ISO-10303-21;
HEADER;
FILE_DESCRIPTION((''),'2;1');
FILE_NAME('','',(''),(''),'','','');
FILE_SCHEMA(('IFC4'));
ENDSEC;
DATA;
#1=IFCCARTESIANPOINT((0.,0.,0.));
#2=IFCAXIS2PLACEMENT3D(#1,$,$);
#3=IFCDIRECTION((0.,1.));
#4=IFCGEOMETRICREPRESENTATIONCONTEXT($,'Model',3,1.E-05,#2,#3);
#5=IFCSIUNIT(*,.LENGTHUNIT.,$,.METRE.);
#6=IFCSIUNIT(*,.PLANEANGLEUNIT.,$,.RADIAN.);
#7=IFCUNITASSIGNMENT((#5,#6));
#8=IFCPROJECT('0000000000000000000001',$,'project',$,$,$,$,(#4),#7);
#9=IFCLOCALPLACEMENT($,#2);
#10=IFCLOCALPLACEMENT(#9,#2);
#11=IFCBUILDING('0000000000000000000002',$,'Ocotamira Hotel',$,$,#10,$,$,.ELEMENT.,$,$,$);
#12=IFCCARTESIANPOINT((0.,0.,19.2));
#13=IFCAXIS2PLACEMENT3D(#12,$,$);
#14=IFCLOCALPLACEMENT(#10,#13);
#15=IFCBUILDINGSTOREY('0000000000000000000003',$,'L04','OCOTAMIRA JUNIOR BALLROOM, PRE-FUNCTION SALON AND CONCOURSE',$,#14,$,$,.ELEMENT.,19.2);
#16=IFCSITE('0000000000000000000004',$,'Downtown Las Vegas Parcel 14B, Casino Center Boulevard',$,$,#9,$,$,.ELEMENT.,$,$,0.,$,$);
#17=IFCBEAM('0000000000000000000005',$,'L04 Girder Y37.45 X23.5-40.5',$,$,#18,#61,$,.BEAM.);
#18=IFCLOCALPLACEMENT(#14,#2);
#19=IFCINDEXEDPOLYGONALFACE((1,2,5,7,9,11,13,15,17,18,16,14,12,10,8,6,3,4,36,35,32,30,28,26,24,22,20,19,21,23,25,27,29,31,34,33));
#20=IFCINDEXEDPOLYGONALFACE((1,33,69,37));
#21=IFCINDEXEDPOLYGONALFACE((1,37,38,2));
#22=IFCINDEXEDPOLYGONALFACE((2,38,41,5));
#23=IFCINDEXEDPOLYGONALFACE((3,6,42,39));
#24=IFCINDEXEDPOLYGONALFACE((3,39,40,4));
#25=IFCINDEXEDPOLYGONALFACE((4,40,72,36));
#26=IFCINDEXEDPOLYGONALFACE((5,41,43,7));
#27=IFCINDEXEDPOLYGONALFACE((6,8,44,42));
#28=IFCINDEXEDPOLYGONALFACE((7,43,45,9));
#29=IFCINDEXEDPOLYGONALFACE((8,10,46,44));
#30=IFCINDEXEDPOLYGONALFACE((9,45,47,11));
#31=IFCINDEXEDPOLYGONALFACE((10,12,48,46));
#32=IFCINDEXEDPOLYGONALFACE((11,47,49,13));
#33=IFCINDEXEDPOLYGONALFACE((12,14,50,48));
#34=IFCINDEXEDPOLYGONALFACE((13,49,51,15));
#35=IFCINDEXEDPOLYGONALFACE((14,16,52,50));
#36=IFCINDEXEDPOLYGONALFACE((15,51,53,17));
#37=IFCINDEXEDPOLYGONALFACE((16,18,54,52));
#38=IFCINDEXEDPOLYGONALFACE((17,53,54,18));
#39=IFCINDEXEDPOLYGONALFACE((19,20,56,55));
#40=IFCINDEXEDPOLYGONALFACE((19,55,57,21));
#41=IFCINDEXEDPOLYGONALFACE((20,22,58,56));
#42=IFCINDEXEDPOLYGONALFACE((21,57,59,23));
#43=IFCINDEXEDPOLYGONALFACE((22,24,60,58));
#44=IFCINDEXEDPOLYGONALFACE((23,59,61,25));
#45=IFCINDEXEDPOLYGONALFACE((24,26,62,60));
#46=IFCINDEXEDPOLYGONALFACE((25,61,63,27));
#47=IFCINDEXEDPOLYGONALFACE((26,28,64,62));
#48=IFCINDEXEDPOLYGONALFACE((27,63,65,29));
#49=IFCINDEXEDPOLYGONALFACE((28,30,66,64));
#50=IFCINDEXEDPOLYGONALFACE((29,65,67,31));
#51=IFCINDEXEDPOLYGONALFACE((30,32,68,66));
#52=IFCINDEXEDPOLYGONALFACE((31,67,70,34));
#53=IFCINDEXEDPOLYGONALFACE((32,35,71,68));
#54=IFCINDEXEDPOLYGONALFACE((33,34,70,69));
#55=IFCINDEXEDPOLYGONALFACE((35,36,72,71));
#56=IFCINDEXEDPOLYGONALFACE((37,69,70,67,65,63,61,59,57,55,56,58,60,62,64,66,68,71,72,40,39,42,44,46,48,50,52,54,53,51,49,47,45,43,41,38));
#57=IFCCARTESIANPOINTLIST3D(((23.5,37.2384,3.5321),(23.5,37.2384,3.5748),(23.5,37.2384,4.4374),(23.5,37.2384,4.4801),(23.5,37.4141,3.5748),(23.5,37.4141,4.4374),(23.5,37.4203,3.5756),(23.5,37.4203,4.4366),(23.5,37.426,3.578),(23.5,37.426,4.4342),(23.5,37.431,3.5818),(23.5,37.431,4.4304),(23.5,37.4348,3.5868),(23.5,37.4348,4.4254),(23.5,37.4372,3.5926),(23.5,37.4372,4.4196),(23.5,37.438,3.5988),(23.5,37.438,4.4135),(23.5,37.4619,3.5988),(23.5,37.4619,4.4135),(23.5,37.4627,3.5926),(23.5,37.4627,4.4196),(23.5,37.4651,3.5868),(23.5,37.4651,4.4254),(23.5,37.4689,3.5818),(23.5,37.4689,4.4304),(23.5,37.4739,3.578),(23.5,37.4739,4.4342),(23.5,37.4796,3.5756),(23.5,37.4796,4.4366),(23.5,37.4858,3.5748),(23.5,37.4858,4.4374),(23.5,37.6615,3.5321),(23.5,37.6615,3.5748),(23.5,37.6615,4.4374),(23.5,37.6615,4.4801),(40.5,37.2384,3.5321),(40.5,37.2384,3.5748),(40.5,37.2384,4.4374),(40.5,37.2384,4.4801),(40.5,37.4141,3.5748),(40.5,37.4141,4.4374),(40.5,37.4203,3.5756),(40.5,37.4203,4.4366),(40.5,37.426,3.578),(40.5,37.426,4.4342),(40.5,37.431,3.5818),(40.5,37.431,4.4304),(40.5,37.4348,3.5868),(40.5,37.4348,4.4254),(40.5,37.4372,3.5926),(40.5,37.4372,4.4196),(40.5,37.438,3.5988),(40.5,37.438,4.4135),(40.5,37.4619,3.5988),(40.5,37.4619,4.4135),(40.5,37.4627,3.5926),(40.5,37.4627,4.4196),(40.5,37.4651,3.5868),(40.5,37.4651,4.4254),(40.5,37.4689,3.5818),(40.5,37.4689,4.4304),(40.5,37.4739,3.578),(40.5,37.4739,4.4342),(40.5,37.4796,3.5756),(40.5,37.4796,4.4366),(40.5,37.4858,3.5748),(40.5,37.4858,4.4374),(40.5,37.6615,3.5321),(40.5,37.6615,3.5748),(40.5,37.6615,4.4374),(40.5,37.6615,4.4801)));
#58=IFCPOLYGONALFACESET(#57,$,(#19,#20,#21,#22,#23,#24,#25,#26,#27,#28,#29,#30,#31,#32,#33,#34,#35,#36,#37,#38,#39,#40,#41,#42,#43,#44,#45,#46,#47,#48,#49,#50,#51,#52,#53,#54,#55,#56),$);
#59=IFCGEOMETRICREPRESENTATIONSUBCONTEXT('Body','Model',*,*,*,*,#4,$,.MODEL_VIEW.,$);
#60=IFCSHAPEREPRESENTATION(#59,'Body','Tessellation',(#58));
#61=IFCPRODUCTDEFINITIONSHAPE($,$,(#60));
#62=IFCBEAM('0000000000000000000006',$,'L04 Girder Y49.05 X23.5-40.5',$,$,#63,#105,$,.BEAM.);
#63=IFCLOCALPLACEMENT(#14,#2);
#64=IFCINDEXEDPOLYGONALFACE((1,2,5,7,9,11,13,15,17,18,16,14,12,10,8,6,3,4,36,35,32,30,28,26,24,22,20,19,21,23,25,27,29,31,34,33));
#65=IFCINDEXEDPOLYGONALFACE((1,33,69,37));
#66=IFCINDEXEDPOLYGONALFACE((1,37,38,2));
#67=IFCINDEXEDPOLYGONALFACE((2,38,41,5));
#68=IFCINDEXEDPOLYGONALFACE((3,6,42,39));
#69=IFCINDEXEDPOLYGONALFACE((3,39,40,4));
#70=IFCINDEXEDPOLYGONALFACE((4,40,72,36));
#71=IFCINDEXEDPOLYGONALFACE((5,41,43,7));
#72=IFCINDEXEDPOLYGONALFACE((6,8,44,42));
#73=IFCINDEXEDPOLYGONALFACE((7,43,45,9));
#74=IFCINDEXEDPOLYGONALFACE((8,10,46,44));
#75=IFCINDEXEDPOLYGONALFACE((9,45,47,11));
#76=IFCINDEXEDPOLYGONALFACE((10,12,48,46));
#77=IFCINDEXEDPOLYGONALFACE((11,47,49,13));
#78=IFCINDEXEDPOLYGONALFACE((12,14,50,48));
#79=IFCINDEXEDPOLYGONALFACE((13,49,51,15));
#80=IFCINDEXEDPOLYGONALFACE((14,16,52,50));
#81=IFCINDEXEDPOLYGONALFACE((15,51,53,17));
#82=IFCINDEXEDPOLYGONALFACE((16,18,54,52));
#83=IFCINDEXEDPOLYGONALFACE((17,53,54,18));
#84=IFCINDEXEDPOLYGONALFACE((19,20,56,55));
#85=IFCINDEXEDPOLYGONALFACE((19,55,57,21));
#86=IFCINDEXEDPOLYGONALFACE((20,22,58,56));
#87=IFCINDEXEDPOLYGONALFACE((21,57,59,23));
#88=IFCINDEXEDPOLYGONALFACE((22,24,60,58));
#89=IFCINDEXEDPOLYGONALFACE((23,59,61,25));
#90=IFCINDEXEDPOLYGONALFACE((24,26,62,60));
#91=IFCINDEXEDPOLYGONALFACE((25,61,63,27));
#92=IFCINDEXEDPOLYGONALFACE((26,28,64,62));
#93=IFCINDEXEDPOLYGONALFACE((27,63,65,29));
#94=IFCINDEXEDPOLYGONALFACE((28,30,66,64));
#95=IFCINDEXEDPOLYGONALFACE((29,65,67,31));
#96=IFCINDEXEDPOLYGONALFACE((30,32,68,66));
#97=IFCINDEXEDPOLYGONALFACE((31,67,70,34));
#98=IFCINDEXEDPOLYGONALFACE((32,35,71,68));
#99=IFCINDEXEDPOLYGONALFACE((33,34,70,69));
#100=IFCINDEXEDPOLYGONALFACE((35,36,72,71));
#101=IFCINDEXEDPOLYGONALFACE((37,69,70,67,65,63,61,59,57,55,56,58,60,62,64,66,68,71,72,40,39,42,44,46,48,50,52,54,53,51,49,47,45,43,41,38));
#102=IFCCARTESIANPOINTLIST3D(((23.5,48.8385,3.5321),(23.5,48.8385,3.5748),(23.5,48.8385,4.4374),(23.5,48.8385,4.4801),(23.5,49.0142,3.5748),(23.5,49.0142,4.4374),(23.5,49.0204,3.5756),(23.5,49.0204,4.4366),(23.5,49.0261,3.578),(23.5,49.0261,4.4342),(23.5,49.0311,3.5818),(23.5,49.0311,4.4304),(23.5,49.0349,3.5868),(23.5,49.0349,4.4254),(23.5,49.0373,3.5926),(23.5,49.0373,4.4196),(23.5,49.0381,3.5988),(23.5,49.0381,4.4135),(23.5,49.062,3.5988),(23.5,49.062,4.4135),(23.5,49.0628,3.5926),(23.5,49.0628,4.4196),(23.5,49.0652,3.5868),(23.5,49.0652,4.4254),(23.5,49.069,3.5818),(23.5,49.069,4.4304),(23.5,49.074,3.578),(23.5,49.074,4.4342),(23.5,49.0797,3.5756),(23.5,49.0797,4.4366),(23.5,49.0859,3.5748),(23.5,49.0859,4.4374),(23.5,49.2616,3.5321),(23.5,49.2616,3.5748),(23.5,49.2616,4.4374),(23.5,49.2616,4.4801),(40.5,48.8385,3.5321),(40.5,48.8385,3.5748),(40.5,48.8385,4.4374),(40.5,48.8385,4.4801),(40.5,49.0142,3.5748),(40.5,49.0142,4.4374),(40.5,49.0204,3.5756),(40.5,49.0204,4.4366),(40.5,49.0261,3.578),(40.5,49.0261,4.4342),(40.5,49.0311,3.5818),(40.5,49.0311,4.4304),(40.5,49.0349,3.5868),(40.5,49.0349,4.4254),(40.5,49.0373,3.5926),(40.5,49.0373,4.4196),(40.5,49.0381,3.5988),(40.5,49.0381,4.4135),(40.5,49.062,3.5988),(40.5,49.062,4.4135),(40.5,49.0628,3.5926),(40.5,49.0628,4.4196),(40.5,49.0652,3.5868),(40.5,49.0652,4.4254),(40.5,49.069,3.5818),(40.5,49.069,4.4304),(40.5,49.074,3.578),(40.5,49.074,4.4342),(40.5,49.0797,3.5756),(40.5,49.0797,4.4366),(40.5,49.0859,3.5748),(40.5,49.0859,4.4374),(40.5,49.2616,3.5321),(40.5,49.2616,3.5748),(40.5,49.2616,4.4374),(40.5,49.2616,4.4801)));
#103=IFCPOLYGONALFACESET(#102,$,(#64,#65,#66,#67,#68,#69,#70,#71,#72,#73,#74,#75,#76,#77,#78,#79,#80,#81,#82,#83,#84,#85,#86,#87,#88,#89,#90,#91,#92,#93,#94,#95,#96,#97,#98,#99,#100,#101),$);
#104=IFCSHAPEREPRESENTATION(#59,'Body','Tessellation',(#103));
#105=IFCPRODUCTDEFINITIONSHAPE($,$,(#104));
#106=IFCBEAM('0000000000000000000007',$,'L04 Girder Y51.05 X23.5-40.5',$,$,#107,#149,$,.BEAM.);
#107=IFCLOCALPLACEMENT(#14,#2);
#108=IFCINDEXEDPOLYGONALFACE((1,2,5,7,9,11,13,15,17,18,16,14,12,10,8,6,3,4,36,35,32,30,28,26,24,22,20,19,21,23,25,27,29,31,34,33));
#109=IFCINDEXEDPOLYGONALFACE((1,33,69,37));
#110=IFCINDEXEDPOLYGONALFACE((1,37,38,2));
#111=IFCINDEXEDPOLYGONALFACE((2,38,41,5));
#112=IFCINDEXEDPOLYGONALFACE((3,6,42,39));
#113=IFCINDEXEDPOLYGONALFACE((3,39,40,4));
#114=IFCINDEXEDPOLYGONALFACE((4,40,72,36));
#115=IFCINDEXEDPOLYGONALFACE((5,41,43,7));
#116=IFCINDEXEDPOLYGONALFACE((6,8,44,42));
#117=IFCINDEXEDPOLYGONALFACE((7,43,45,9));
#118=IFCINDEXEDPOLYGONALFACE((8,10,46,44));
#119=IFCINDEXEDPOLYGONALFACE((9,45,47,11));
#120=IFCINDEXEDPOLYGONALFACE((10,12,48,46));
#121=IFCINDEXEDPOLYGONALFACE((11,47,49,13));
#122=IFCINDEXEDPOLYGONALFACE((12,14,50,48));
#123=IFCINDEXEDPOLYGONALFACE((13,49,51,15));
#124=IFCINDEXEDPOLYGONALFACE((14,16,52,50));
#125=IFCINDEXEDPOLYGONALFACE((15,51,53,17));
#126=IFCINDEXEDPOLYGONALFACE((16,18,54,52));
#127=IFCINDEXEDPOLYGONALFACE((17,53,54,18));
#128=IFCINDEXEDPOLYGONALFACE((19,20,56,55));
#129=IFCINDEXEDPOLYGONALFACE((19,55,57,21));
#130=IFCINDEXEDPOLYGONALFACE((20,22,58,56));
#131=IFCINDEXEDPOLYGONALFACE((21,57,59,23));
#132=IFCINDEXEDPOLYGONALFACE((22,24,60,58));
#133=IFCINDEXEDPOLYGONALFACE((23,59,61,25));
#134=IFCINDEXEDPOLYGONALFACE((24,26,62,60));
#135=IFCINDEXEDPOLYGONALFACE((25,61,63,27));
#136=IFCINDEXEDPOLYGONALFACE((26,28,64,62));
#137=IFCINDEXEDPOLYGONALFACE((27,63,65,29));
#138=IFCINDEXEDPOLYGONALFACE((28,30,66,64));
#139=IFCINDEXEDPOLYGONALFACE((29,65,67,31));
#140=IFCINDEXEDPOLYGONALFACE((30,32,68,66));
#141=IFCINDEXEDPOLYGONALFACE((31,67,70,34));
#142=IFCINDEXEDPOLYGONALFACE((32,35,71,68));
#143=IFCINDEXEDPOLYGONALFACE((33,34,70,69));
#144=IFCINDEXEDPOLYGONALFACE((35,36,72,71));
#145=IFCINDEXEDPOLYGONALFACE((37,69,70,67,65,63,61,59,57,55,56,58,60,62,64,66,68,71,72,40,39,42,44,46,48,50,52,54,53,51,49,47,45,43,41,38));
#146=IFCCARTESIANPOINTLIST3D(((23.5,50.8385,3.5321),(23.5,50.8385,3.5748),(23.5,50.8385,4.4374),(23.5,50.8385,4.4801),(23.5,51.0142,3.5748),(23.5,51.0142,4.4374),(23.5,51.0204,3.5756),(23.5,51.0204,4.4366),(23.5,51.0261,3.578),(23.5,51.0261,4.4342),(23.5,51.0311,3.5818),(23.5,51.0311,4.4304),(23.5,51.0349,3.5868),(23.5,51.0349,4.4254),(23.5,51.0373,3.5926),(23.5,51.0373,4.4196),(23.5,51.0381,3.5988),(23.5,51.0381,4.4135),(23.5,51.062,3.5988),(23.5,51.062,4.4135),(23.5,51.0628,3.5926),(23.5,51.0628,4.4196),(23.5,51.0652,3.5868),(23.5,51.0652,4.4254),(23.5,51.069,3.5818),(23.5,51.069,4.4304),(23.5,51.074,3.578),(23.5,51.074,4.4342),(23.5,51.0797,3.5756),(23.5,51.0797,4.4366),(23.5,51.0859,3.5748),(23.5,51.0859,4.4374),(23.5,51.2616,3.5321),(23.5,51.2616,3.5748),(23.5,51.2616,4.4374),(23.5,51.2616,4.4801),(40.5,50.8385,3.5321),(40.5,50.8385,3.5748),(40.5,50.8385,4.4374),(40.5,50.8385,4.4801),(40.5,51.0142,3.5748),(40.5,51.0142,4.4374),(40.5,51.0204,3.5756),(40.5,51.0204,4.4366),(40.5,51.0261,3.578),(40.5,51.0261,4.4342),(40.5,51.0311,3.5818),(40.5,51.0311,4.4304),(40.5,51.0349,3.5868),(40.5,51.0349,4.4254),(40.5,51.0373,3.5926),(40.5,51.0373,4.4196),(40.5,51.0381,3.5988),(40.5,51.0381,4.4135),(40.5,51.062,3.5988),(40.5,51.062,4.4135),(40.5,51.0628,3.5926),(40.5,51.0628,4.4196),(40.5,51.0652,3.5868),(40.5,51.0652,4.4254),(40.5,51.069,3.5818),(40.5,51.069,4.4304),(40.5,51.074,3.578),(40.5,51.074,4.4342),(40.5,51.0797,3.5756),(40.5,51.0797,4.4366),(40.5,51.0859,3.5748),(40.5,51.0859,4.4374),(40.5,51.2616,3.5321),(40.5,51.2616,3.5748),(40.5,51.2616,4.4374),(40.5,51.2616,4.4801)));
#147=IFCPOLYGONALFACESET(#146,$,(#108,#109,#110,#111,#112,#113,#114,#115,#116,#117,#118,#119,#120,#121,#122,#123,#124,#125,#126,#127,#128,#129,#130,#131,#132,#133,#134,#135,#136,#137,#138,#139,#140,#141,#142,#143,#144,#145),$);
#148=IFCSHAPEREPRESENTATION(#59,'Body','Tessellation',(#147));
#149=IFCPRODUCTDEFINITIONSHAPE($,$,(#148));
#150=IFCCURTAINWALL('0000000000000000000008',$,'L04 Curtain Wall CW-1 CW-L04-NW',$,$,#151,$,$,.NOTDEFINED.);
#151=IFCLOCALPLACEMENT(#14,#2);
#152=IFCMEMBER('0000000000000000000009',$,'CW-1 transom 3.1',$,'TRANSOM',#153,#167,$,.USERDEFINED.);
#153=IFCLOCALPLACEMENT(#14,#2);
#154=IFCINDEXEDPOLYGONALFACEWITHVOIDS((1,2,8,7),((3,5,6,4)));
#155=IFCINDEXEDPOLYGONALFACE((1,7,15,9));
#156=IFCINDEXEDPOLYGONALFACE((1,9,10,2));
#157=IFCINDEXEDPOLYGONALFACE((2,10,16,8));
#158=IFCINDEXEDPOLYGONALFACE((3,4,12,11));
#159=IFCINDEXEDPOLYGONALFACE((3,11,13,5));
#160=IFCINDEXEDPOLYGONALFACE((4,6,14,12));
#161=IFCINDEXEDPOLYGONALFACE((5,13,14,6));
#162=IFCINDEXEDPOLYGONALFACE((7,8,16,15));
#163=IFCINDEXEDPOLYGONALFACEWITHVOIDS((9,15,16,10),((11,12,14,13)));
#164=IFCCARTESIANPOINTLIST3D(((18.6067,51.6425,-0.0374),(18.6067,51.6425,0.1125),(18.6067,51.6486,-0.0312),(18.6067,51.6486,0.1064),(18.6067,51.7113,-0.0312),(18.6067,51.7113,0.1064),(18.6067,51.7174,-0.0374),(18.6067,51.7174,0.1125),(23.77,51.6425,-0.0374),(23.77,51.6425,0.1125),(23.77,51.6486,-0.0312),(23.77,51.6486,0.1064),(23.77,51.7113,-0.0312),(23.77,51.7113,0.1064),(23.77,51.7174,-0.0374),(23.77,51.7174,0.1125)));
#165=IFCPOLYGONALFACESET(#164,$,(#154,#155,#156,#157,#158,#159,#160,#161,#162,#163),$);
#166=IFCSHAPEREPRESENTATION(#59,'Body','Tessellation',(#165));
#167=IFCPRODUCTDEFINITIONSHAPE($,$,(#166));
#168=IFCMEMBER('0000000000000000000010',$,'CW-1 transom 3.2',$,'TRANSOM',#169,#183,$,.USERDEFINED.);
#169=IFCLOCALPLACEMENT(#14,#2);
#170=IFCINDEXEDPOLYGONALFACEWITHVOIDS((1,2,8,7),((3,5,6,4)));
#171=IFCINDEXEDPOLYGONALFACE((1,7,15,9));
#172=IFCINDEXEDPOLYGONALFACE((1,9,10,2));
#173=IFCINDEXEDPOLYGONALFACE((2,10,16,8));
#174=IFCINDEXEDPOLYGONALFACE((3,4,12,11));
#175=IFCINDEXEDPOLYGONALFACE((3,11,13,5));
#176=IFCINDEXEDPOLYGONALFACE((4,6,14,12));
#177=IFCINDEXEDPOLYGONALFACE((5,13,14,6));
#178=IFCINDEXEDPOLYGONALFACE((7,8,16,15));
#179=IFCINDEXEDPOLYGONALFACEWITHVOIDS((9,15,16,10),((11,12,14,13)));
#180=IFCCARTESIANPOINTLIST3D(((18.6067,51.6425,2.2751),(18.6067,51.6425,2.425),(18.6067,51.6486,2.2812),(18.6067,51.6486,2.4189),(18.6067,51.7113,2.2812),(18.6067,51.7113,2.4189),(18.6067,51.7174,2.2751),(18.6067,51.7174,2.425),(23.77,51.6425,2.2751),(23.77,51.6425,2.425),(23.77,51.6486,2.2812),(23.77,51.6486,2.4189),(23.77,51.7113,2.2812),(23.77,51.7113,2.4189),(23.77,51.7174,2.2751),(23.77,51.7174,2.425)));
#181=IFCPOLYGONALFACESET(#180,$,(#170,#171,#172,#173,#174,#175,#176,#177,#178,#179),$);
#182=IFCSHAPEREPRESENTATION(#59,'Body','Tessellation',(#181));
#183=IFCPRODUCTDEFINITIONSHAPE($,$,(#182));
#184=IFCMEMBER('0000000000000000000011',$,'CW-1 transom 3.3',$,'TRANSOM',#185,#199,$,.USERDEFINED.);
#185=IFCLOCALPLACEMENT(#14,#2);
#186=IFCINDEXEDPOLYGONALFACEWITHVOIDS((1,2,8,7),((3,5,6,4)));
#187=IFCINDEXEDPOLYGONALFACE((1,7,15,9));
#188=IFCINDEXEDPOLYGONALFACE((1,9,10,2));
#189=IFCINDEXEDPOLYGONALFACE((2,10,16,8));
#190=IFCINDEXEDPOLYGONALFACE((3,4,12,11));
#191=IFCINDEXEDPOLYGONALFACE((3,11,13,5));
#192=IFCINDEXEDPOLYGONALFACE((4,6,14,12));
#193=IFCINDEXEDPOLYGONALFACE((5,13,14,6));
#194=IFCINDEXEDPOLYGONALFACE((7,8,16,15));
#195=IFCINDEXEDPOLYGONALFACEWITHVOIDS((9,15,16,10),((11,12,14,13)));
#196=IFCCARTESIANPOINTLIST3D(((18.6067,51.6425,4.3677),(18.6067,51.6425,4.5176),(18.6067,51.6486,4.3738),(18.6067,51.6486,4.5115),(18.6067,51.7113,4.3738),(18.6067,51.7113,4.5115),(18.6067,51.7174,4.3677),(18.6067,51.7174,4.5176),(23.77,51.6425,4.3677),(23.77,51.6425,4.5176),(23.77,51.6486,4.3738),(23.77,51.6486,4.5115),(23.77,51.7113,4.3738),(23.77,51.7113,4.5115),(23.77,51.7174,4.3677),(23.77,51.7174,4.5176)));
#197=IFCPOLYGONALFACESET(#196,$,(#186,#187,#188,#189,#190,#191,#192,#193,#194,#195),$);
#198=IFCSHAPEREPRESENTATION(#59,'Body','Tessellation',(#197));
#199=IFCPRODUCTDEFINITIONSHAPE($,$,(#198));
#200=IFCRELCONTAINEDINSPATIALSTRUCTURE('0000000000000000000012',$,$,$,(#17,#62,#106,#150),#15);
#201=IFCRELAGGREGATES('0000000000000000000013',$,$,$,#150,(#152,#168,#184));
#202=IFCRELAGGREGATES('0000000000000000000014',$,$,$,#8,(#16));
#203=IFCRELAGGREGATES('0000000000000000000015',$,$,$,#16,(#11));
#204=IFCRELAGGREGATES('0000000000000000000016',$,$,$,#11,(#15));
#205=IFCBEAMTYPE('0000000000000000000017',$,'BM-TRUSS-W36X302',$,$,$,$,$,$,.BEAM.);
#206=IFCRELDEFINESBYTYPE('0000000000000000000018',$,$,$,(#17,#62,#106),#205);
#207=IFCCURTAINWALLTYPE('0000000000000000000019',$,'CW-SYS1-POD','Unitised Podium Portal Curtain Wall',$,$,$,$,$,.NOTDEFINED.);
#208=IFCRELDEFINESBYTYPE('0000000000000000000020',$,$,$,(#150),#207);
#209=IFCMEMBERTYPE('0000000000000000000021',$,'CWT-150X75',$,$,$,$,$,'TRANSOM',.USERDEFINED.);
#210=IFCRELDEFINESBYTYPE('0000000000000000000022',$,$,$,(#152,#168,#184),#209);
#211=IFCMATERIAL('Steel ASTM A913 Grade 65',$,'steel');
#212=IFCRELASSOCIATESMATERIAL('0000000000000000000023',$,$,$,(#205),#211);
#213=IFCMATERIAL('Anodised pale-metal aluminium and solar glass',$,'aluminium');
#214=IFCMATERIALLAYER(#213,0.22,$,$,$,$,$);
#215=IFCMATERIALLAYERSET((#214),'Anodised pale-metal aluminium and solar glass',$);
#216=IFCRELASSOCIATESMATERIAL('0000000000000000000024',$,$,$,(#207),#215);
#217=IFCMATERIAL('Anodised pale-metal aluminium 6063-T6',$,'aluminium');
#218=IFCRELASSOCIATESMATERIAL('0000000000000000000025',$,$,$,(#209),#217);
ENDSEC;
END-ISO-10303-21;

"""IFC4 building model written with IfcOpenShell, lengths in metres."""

from ifc_helpers import new_model, si_unit, direction, frame, origin, origin_2d, place, context, subcontext, project, spatial, hollow_rectangle, i_section, extrude, source, transform, mapped, material, layer, layer_set, material_profile, profile_set, type_object, element, aggregate, save


model = new_model("IFC4")

# Units and contexts
model_context = context("Model", 3, precision=1e-05, world=origin(), true_north=direction((0.0, 1.0)))
body_context = subcontext(model_context, "Body", "Model", "MODEL_VIEW")
ifc_project = project(units=[si_unit("LENGTHUNIT", "METRE"), si_unit("PLANEANGLEUNIT", "RADIAN")], contexts=[model_context])

# Site, building, storey
site_placement = place(None, origin())
site = spatial("IfcSite", under=ifc_project, at=site_placement, Name="Downtown Las Vegas Parcel 14B, Casino Center Boulevard", CompositionType="ELEMENT", RefElevation=0.0)
building_placement = place(site_placement, origin())
building = spatial("IfcBuilding", under=site, at=building_placement, Name="Ocotamira Hotel", CompositionType="ELEMENT")
storey_placement = place(building_placement, frame((0.0, 0.0, 19.2)))
storey = spatial("IfcBuildingStorey", under=building, at=storey_placement, Name="L04", Description="OCOTAMIRA JUNIOR BALLROOM, PRE-FUNCTION SALON AND CONCOURSE", CompositionType="ELEMENT", Elevation=19.2)

# Beams
ifc_material_1 = material(Name="Steel ASTM A913 Grade 65", Category="steel")
ifc_material_profile_1 = material_profile(ifc_material_1, i_section(OverallWidth=0.4231, OverallDepth=0.948, WebThickness=0.0239, FlangeThickness=0.0427, FilletRadius=0.0239, at=origin_2d()), Name="W36X302")
ifc_profile_set_1 = profile_set([ifc_material_profile_1], Name="Steel ASTM A913 Grade 65")
beam_type_1 = type_object("IfcBeamType", Name="BM-TRUSS-W36X302", PredefinedType="BEAM", material=ifc_profile_set_1)
shared_shape_1 = source(origin(), body_context, "Body", "SweptSolid", [
    extrude(i_section(OverallWidth=0.4231, OverallDepth=0.948, WebThickness=0.0239, FlangeThickness=0.0427, FilletRadius=0.0239, at=origin_2d()), origin(), (0.0, 0.0, 1.0), 17.0),
])
for number, where, z_axis, x_axis, name in (
    (1, (23.5, 37.45, 4.0061), (1.0, 0.0, 0.0), (0.0, 1.0, 0.0), "L04 Girder Y37.45 X23.5-40.5"),
    (2, (23.5, 49.05, 4.0061), (1.0, 0.0, 0.0), (0.0, 1.0, 0.0), "L04 Girder Y49.05 X23.5-40.5"),
    (3, (23.5, 51.05, 4.0061), (1.0, 0.0, 0.0), (0.0, 1.0, 0.0), "L04 Girder Y51.05 X23.5-40.5"),
):
    element("IfcBeam", number, at=place(storey_placement, frame(where, z_axis=z_axis, x_axis=x_axis)), inside=storey, type_object=beam_type_1, Name=name, PredefinedType="BEAM", context=body_context, shape_type="MappedRepresentation", body=[
        mapped(shared_shape_1, transform((0.0, 0.0, 0.0), scale=1.0)),
    ])

# Curtain wall, members
ifc_material_2 = material(Name="Anodised pale-metal aluminium and solar glass", Category="aluminium")
ifc_layer_1 = layer(ifc_material_2, 0.22)
ifc_layer_set_1 = layer_set([ifc_layer_1], Name="Anodised pale-metal aluminium and solar glass")
curtain_wall_type = type_object("IfcCurtainWallType", Name="CW-SYS1-POD", Description="Unitised Podium Portal Curtain Wall", PredefinedType="NOTDEFINED", material=ifc_layer_set_1)
curtain_wall_placement = place(storey_placement, origin())
curtain_wall = element("IfcCurtainWall", 4, at=curtain_wall_placement, inside=storey, type_object=curtain_wall_type, Name="L04 Curtain Wall CW-1 CW-L04-NW", PredefinedType="NOTDEFINED")
ifc_material_3 = material(Name="Anodised pale-metal aluminium 6063-T6", Category="aluminium")
ifc_material_profile_2 = material_profile(ifc_material_3, hollow_rectangle(XDim=0.075, YDim=0.1499, WallThickness=0.0061, at=origin_2d()), Name="HSS150X75X6")
ifc_profile_set_2 = profile_set([ifc_material_profile_2], Name="Anodised pale-metal aluminium 6063-T6")
member_type_1 = type_object("IfcMemberType", Name="CWT-150X75", ElementType="TRANSOM", PredefinedType="USERDEFINED", material=ifc_profile_set_2)
shared_shape_2 = source(origin(), body_context, "Body", "SweptSolid", [
    extrude(hollow_rectangle(XDim=0.075, YDim=0.1499, WallThickness=0.0061, at=origin_2d()), origin(), (0.0, 0.0, 1.0), 5.1633),
])
member_1_placement = place(storey_placement, frame((18.6067, 51.6799, 0.0376), z_axis=(1.0, 0.0, 0.0), x_axis=(0.0, 1.0, 0.0)))
member_1 = element("IfcMember", 5, at=member_1_placement, type_object=member_type_1, Name="CW-1 transom 3.1", ObjectType="TRANSOM", PredefinedType="USERDEFINED", context=body_context, shape_type="MappedRepresentation", body=[
    mapped(shared_shape_2, transform((0.0, 0.0, 0.0), scale=1.0)),
])
member_2_placement = place(storey_placement, frame((18.6067, 51.6799, 2.3501), z_axis=(1.0, 0.0, 0.0), x_axis=(0.0, 1.0, 0.0)))
member_2 = element("IfcMember", 6, at=member_2_placement, type_object=member_type_1, Name="CW-1 transom 3.2", ObjectType="TRANSOM", PredefinedType="USERDEFINED", context=body_context, shape_type="MappedRepresentation", body=[
    mapped(shared_shape_2, transform((0.0, 0.0, 0.0), scale=1.0)),
])
member_3_placement = place(storey_placement, frame((18.6067, 51.6799, 4.4426), z_axis=(1.0, 0.0, 0.0), x_axis=(0.0, 1.0, 0.0)))
member_3 = element("IfcMember", 7, at=member_3_placement, type_object=member_type_1, Name="CW-1 transom 3.3", ObjectType="TRANSOM", PredefinedType="USERDEFINED", context=body_context, shape_type="MappedRepresentation", body=[
    mapped(shared_shape_2, transform((0.0, 0.0, 0.0), scale=1.0)),
])
aggregate(curtain_wall, [member_1, member_2, member_3])

save(model, "model.ifc")
